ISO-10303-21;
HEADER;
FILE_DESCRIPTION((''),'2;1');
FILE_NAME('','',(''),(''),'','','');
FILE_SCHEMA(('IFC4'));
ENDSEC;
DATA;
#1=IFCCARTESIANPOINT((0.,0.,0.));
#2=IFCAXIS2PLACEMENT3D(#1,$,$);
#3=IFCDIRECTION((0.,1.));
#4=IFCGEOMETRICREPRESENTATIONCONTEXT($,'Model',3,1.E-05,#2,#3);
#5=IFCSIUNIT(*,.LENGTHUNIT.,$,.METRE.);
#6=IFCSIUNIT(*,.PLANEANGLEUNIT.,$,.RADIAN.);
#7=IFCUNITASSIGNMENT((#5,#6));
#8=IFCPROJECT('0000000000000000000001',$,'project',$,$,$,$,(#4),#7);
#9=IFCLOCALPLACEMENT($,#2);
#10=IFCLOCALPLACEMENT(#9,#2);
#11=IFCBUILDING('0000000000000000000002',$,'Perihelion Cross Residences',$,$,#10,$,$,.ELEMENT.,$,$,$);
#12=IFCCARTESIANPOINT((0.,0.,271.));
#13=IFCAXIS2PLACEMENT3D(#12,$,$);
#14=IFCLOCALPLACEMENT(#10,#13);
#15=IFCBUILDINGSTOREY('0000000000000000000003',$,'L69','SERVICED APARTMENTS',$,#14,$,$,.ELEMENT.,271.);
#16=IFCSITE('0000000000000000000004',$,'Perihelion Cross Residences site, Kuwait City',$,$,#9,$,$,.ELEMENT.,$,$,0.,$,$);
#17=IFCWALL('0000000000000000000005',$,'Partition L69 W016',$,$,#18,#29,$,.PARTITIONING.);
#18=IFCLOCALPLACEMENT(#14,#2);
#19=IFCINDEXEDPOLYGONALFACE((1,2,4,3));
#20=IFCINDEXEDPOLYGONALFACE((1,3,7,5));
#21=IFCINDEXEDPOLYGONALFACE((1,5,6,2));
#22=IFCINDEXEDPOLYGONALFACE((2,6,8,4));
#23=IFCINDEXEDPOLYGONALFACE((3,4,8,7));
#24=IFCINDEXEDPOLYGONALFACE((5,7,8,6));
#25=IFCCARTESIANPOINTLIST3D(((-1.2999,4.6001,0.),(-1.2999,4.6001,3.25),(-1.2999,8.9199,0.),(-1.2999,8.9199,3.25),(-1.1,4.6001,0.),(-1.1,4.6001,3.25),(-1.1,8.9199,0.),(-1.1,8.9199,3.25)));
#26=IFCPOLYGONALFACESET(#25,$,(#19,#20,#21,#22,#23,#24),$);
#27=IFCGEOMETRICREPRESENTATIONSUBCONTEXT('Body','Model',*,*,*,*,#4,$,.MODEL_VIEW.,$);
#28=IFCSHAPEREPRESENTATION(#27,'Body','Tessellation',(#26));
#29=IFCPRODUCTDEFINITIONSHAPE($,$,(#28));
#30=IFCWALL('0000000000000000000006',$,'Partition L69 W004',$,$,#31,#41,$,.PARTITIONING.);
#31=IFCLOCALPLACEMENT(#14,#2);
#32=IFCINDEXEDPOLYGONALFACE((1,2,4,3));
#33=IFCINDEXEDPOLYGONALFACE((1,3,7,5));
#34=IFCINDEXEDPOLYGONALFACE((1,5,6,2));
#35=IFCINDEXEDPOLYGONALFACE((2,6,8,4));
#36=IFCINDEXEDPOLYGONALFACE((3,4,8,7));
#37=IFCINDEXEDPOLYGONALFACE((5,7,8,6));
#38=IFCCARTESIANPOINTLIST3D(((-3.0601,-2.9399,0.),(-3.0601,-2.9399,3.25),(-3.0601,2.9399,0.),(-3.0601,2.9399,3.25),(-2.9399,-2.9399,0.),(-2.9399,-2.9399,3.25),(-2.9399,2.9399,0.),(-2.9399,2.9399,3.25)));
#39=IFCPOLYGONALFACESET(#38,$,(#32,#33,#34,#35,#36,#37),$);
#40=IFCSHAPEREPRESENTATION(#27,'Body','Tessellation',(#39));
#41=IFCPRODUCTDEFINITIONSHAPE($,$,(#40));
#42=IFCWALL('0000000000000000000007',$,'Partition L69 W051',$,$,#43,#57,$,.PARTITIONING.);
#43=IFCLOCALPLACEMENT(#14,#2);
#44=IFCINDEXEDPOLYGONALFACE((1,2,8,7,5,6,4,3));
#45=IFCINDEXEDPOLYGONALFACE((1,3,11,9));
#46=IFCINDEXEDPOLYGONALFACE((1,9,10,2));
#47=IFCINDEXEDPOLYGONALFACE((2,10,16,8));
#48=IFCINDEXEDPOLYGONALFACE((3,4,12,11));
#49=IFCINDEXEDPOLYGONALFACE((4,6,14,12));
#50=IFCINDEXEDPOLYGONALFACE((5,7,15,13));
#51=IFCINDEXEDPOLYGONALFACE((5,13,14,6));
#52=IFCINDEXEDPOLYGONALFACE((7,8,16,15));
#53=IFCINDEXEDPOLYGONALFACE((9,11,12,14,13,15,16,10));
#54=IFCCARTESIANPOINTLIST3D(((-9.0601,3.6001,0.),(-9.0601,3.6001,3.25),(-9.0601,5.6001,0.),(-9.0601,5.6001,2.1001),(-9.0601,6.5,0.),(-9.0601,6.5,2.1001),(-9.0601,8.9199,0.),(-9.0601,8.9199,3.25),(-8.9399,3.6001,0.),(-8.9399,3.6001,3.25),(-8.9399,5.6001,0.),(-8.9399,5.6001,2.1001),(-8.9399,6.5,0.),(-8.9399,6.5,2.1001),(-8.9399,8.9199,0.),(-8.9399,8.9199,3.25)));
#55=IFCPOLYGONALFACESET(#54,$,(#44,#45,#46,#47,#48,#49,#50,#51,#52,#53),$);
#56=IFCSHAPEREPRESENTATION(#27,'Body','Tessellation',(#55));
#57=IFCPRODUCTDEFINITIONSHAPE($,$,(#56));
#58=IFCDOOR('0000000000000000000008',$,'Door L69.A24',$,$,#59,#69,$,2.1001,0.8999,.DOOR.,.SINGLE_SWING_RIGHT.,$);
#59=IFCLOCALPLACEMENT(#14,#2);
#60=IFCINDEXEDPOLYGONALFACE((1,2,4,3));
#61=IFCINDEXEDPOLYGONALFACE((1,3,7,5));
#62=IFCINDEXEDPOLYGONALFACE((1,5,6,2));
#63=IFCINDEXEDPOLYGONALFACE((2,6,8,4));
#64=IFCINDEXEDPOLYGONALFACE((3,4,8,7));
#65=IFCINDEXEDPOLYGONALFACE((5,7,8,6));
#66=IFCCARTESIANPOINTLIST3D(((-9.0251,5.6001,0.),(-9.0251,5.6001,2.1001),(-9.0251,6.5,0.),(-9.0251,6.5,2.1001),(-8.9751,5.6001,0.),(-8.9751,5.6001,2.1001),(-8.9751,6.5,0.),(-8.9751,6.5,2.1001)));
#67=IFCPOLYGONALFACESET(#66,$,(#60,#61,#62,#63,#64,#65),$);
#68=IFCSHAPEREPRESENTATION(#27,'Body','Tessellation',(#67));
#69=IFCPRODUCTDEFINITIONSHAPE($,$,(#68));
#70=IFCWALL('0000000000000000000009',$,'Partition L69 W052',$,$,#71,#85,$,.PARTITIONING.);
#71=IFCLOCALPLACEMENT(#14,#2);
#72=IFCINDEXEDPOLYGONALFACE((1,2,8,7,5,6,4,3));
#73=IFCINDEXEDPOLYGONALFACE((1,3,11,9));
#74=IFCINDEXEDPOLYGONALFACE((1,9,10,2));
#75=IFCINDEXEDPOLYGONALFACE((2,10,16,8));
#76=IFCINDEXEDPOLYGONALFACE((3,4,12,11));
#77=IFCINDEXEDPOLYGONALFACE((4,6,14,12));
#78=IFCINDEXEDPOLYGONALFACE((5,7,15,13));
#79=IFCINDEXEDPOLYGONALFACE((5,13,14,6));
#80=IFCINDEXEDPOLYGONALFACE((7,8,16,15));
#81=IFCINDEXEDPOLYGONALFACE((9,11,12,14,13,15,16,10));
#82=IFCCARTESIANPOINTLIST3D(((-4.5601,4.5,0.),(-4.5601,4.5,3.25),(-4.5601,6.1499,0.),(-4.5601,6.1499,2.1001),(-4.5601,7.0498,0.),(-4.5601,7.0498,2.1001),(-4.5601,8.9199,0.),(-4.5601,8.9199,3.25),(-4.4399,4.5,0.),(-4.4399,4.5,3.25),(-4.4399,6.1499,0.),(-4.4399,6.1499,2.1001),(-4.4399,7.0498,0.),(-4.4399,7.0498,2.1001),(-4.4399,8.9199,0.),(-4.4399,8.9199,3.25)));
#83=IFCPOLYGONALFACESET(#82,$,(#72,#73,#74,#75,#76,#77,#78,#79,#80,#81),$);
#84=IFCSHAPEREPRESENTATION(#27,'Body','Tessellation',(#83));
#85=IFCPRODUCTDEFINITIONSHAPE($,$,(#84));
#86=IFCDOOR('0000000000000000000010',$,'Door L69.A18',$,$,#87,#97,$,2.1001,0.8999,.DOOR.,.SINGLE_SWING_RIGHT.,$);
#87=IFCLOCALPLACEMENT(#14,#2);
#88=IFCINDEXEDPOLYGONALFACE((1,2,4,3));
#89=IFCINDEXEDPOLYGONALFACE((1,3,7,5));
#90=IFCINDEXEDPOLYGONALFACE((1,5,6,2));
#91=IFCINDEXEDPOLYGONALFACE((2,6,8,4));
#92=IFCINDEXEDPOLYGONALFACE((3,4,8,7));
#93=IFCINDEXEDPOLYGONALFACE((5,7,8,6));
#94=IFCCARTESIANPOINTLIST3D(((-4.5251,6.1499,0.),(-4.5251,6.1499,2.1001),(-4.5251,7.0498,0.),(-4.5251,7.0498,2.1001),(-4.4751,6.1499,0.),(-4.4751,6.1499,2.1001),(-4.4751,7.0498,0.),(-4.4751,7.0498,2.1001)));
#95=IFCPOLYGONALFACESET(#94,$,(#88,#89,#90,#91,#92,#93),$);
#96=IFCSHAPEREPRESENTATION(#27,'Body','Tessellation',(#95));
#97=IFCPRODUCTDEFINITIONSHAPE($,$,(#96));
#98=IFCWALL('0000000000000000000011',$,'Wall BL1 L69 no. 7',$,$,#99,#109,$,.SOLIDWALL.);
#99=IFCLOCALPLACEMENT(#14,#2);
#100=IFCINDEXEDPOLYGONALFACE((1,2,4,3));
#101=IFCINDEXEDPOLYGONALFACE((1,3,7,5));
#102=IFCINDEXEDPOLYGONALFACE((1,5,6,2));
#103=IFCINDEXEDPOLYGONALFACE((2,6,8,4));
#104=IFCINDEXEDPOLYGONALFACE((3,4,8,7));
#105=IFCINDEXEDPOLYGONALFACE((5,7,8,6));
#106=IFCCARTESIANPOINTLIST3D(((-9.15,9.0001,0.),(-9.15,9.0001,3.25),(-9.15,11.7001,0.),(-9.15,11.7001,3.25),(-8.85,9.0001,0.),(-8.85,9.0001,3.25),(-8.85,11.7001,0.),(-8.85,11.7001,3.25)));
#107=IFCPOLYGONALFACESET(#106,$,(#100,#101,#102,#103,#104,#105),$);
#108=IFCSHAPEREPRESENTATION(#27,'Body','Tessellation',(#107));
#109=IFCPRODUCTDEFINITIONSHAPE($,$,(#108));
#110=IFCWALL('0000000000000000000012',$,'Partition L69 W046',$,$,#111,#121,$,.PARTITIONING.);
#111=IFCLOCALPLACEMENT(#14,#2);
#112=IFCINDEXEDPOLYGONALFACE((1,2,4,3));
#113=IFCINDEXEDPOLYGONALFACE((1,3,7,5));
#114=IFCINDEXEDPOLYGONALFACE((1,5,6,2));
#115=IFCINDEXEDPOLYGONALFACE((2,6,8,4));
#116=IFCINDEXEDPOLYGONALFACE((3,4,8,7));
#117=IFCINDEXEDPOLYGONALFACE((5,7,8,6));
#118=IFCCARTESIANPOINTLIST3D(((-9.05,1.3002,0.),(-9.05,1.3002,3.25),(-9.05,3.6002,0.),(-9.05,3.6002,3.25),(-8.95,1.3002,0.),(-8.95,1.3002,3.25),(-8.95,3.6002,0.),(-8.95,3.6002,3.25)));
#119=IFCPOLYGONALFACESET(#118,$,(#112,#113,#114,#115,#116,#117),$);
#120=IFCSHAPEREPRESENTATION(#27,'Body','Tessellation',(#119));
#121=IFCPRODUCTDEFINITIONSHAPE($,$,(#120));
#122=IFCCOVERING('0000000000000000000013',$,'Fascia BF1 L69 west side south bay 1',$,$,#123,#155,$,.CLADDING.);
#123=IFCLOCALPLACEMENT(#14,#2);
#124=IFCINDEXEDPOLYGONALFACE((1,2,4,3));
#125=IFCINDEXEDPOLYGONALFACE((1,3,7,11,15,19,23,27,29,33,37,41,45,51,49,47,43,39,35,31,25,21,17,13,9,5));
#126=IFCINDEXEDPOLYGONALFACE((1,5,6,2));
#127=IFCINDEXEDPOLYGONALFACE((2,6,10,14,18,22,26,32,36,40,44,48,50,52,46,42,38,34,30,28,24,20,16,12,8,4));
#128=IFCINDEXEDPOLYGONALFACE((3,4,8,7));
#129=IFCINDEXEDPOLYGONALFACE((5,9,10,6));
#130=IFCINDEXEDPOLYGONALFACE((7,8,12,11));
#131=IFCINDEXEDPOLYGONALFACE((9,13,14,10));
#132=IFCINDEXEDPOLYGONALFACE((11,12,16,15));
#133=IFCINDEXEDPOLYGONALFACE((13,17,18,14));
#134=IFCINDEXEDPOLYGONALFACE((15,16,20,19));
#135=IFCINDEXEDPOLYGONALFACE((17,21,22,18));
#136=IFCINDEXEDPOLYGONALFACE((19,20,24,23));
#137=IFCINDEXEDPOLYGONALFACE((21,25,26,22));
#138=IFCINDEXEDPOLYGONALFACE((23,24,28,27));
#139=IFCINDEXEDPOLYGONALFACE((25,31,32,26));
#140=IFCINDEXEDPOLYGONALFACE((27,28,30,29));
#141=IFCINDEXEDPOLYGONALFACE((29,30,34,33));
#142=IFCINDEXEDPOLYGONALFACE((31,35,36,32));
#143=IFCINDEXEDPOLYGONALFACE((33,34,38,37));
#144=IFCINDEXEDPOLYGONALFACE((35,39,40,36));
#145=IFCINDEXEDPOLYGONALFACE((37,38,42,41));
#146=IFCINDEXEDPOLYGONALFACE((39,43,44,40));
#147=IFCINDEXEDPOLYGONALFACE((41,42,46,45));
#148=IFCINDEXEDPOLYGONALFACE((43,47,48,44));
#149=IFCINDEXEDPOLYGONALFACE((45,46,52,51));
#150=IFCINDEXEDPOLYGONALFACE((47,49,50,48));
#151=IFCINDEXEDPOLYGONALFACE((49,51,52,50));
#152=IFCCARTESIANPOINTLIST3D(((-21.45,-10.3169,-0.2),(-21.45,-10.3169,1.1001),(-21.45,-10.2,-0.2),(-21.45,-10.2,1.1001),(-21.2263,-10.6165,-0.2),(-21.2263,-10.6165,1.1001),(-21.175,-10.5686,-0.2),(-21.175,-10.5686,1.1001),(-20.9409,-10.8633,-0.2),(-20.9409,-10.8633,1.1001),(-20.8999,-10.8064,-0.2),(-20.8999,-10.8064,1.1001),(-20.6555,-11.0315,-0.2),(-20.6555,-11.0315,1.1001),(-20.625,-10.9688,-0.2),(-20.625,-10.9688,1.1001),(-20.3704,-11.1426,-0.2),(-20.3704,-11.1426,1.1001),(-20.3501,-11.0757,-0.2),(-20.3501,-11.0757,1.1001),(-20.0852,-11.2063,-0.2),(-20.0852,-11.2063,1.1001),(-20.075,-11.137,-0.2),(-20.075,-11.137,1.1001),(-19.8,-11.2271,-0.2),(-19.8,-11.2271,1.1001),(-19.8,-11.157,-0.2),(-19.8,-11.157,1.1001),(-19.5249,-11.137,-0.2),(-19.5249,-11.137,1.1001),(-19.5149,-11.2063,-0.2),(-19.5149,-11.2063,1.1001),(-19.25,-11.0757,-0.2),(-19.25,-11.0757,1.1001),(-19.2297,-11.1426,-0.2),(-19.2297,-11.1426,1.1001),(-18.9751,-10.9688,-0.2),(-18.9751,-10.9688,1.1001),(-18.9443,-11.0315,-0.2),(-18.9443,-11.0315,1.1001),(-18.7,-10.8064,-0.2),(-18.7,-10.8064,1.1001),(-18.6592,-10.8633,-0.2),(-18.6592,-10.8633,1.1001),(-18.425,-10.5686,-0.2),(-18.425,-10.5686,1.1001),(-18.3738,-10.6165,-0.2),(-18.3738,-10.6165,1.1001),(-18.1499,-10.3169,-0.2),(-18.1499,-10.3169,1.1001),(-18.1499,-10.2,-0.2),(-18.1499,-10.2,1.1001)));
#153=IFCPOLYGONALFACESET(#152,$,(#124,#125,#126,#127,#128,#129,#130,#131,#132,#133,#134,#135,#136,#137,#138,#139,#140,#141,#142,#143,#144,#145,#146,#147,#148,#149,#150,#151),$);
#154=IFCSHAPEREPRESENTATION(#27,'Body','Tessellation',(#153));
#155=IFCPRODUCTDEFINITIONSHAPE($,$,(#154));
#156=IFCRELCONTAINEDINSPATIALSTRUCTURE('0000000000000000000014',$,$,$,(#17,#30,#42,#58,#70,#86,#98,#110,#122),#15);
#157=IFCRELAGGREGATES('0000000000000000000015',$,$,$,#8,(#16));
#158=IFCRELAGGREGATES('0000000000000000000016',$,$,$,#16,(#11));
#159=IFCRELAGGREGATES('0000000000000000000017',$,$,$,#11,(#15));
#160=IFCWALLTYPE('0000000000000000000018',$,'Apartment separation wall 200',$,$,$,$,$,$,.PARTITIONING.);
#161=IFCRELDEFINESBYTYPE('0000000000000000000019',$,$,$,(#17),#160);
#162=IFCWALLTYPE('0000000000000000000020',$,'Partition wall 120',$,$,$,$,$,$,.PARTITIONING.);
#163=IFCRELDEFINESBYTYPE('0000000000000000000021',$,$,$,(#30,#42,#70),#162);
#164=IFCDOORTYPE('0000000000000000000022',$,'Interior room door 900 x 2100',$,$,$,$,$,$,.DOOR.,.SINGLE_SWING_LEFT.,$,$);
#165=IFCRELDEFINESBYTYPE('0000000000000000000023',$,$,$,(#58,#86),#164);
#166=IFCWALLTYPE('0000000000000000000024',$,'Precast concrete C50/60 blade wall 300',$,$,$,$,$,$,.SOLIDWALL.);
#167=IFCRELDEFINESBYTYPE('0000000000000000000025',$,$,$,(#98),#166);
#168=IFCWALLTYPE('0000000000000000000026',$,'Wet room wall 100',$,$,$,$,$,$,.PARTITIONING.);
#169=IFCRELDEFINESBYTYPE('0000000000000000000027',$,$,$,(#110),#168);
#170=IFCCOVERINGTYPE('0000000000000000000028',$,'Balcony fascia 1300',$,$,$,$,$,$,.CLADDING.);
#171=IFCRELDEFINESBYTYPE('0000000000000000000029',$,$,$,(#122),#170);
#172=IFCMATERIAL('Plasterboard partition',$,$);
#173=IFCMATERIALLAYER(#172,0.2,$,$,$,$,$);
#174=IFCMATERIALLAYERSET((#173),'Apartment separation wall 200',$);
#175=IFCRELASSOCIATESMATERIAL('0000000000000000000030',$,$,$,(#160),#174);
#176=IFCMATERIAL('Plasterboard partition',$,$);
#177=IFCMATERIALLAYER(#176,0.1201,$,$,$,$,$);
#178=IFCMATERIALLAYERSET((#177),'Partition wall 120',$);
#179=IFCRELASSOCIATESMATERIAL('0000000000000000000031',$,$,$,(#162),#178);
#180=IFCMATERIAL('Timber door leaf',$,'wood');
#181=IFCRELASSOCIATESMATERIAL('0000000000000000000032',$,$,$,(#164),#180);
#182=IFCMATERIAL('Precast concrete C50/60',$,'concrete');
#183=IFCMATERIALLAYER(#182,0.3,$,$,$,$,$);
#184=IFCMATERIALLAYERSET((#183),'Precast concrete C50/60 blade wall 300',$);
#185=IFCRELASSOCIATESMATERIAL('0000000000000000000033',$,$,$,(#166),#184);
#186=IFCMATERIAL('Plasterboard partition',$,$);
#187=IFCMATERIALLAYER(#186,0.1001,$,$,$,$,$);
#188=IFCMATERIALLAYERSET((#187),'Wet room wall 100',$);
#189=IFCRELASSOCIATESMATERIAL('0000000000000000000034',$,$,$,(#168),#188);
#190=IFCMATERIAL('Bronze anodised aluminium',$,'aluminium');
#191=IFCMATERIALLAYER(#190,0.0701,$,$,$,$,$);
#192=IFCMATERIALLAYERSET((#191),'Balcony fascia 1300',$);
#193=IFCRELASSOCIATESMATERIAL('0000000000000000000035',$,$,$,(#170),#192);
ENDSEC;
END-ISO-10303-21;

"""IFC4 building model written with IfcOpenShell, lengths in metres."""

from ifc_helpers import new_model, si_unit, direction, frame, frame_2d, origin, place, context, subcontext, project, spatial, polyline, rectangle, outline, extrude, material, layer, layer_set, type_object, element, fill, save


model = new_model("IFC4")

# Units and contexts
model_context = context("Model", 3, precision=1e-05, world=origin(), true_north=direction((0.0, 1.0)))
body_context = subcontext(model_context, "Body", "Model", "MODEL_VIEW")
ifc_project = project(units=[si_unit("LENGTHUNIT", "METRE"), si_unit("PLANEANGLEUNIT", "RADIAN")], contexts=[model_context])

# Site, building, storey
site_placement = place(None, origin())
site = spatial("IfcSite", under=ifc_project, at=site_placement, Name="Perihelion Cross Residences site, Kuwait City", CompositionType="ELEMENT", RefElevation=0.0)
building_placement = place(site_placement, origin())
building = spatial("IfcBuilding", under=site, at=building_placement, Name="Perihelion Cross Residences", CompositionType="ELEMENT")
storey_placement = place(building_placement, frame((0.0, 0.0, 271.0)))
storey = spatial("IfcBuildingStorey", under=building, at=storey_placement, Name="L69", Description="SERVICED APARTMENTS", CompositionType="ELEMENT", Elevation=271.0)

# Wall
ifc_material_1 = material(Name="Plasterboard partition")
ifc_layer_1 = layer(ifc_material_1, 0.2)
ifc_layer_set_1 = layer_set([ifc_layer_1], Name="Apartment separation wall 200")
wall_type_1 = type_object("IfcWallType", Name="Apartment separation wall 200", PredefinedType="PARTITIONING", material=ifc_layer_set_1)
wall_1_placement = place(storey_placement, frame((-1.2, 4.6001, 0.0), z_axis=(0.0, 0.0, 1.0), x_axis=(0.0, 1.0, 0.0)))
element("IfcWall", 1, at=wall_1_placement, inside=storey, type_object=wall_type_1, Name="Partition L69 W016", PredefinedType="PARTITIONING", context=body_context, shape_type="SweptSolid", body=[
    extrude(rectangle(XDim=4.3198, YDim=0.2, at=frame_2d((2.1599, 0.0))), origin(), (0.0, 0.0, 1.0), 3.25),
])

# Wall
ifc_material_2 = material(Name="Plasterboard partition")
ifc_layer_2 = layer(ifc_material_2, 0.1201)
ifc_layer_set_2 = layer_set([ifc_layer_2], Name="Partition wall 120")
wall_type_2 = type_object("IfcWallType", Name="Partition wall 120", PredefinedType="PARTITIONING", material=ifc_layer_set_2)
wall_2_placement = place(storey_placement, frame((-3.0, 2.9399, 0.0), z_axis=(0.0, 0.0, 1.0), x_axis=(0.0, -1.0, 0.0)))
element("IfcWall", 2, at=wall_2_placement, inside=storey, type_object=wall_type_2, Name="Partition L69 W004", PredefinedType="PARTITIONING", context=body_context, shape_type="SweptSolid", body=[
    extrude(rectangle(XDim=5.8799, YDim=0.1201, at=frame_2d((2.9399, 0.0))), origin(), (0.0, 0.0, 1.0), 3.25),
])

# Walls, openings, doors
wall_3_placement = place(storey_placement, frame((-9.0, 8.9199, 0.0), z_axis=(0.0, 0.0, 1.0), x_axis=(0.0, -1.0, 0.0)))
wall_3 = element("IfcWall", 3, at=wall_3_placement, inside=storey, type_object=wall_type_2, Name="Partition L69 W051", PredefinedType="PARTITIONING", context=body_context, shape_type="SweptSolid", body=[
    extrude(rectangle(XDim=5.3198, YDim=0.1201, at=frame_2d((2.6599, 0.0))), origin(), (0.0, 0.0, 1.0), 3.25),
])
opening_1_placement = place(wall_3_placement, frame((2.4199, 0.0, 0.0)))
opening_1 = element("IfcOpeningElement", 4, at=opening_1_placement, cuts=wall_3, PredefinedType="OPENING", context=body_context, shape_type="SweptSolid", body=[
    extrude(rectangle(XDim=0.8999, YDim=2.1001, at=frame_2d((0.45, 1.05))), frame((0.0, 0.0701, 0.0), z_axis=(0.0, -1.0, 0.0), x_axis=(1.0, 0.0, 0.0)), (0.0, 0.0, 1.0), 0.1401),
])
ifc_material_3 = material(Name="Timber door leaf", Category="wood")
door_type_1 = type_object("IfcDoorType", Name="Interior room door 900 x 2100", OperationType="SINGLE_SWING_LEFT", PredefinedType="DOOR", material=ifc_material_3)
door_1_placement = place(opening_1_placement, origin())
door_1 = element("IfcDoor", 5, at=door_1_placement, inside=storey, type_object=door_type_1, Name="Door L69.A24", OperationType="SINGLE_SWING_RIGHT", OverallHeight=2.1001, OverallWidth=0.8999, PredefinedType="DOOR", context=body_context, shape_type="SweptSolid", body=[
    extrude(rectangle(XDim=0.8999, YDim=2.1001, at=frame_2d((0.45, 1.05))), frame((0.0, 0.0249, 0.0), z_axis=(0.0, -1.0, 0.0), x_axis=(1.0, 0.0, 0.0)), (0.0, 0.0, 1.0), 0.05),
])
fill(opening_1, door_1)
wall_4_placement = place(storey_placement, frame((-4.5, 8.9199, 0.0), z_axis=(0.0, 0.0, 1.0), x_axis=(0.0, -1.0, 0.0)))
wall_4 = element("IfcWall", 6, at=wall_4_placement, inside=storey, type_object=wall_type_2, Name="Partition L69 W052", PredefinedType="PARTITIONING", context=body_context, shape_type="SweptSolid", body=[
    extrude(rectangle(XDim=4.4199, YDim=0.1201, at=frame_2d((2.21, 0.0))), origin(), (0.0, 0.0, 1.0), 3.25),
])
opening_2_placement = place(wall_4_placement, frame((1.8701, 0.0, 0.0)))
opening_2 = element("IfcOpeningElement", 7, at=opening_2_placement, cuts=wall_4, PredefinedType="OPENING", context=body_context, shape_type="SweptSolid", body=[
    extrude(rectangle(XDim=0.8999, YDim=2.1001, at=frame_2d((0.45, 1.05))), frame((0.0, 0.0701, 0.0), z_axis=(0.0, -1.0, 0.0), x_axis=(1.0, 0.0, 0.0)), (0.0, 0.0, 1.0), 0.1401),
])
door_2_placement = place(opening_2_placement, origin())
door_2 = element("IfcDoor", 8, at=door_2_placement, inside=storey, type_object=door_type_1, Name="Door L69.A18", OperationType="SINGLE_SWING_RIGHT", OverallHeight=2.1001, OverallWidth=0.8999, PredefinedType="DOOR", context=body_context, shape_type="SweptSolid", body=[
    extrude(rectangle(XDim=0.8999, YDim=2.1001, at=frame_2d((0.45, 1.05))), frame((0.0, 0.0249, 0.0), z_axis=(0.0, -1.0, 0.0), x_axis=(1.0, 0.0, 0.0)), (0.0, 0.0, 1.0), 0.05),
])
fill(opening_2, door_2)

# Walls
ifc_material_4 = material(Name="Precast concrete C50/60", Category="concrete")
ifc_layer_3 = layer(ifc_material_4, 0.3)
ifc_layer_set_3 = layer_set([ifc_layer_3], Name="Precast concrete C50/60 blade wall 300")
wall_type_3 = type_object("IfcWallType", Name="Precast concrete C50/60 blade wall 300", PredefinedType="SOLIDWALL", material=ifc_layer_set_3)
wall_5_placement = place(storey_placement, frame((-9.0, 9.0, 0.0), z_axis=(0.0, 0.0, 1.0), x_axis=(0.0, 1.0, 0.0)))
element("IfcWall", 9, at=wall_5_placement, inside=storey, type_object=wall_type_3, Name="Wall BL1 L69 no. 7", PredefinedType="SOLIDWALL", context=body_context, shape_type="SweptSolid", body=[
    extrude(rectangle(XDim=2.7, YDim=0.3, at=frame_2d((1.3501, 0.0))), origin(), (0.0, 0.0, 1.0), 3.25),
])
ifc_material_5 = material(Name="Plasterboard partition")
ifc_layer_4 = layer(ifc_material_5, 0.1001)
ifc_layer_set_4 = layer_set([ifc_layer_4], Name="Wet room wall 100")
wall_type_4 = type_object("IfcWallType", Name="Wet room wall 100", PredefinedType="PARTITIONING", material=ifc_layer_set_4)
wall_6_placement = place(storey_placement, frame((-9.0, 3.6001, 0.0), z_axis=(0.0, 0.0, 1.0), x_axis=(0.0, -1.0, 0.0)))
element("IfcWall", 10, at=wall_6_placement, inside=storey, type_object=wall_type_4, Name="Partition L69 W046", PredefinedType="PARTITIONING", context=body_context, shape_type="SweptSolid", body=[
    extrude(rectangle(XDim=2.3, YDim=0.1001, at=frame_2d((1.1499, 0.0))), origin(), (0.0, 0.0, 1.0), 3.25),
])

# Covering
ifc_material_6 = material(Name="Bronze anodised aluminium", Category="aluminium")
ifc_layer_5 = layer(ifc_material_6, 0.0701)
ifc_layer_set_5 = layer_set([ifc_layer_5], Name="Balcony fascia 1300")
covering_type = type_object("IfcCoveringType", Name="Balcony fascia 1300", PredefinedType="CLADDING", material=ifc_layer_set_5)
covering_placement = place(storey_placement, frame((0.0, 0.0, -0.2)))
element("IfcCovering", 11, at=covering_placement, inside=storey, type_object=covering_type, Name="Fascia BF1 L69 west side south bay 1", PredefinedType="CLADDING", context=body_context, shape_type="SweptSolid", body=[
    extrude(outline(polyline([(-21.2263, -10.6165), (-20.9409, -10.8633), (-20.6555, -11.0315), (-20.3704, -11.1426), (-20.0852, -11.2063), (-19.8, -11.2271), (-19.5149, -11.2063), (-19.2297, -11.1426), (-18.9443, -11.0315), (-18.6592, -10.8633), (-18.3738, -10.6165), (-18.1499, -10.3169), (-18.1499, -10.2), (-18.425, -10.5686), (-18.7, -10.8064), (-18.9751, -10.9688), (-19.25, -11.0757), (-19.5249, -11.137), (-19.8, -11.157), (-20.075, -11.137), (-20.3501, -11.0757), (-20.625, -10.9688), (-20.8999, -10.8064), (-21.175, -10.5686), (-21.45, -10.2), (-21.45, -10.3169), (-21.2263, -10.6165)])), origin(), (0.0, 0.0, 1.0), 1.3),
])

save(model, "model.ifc")
